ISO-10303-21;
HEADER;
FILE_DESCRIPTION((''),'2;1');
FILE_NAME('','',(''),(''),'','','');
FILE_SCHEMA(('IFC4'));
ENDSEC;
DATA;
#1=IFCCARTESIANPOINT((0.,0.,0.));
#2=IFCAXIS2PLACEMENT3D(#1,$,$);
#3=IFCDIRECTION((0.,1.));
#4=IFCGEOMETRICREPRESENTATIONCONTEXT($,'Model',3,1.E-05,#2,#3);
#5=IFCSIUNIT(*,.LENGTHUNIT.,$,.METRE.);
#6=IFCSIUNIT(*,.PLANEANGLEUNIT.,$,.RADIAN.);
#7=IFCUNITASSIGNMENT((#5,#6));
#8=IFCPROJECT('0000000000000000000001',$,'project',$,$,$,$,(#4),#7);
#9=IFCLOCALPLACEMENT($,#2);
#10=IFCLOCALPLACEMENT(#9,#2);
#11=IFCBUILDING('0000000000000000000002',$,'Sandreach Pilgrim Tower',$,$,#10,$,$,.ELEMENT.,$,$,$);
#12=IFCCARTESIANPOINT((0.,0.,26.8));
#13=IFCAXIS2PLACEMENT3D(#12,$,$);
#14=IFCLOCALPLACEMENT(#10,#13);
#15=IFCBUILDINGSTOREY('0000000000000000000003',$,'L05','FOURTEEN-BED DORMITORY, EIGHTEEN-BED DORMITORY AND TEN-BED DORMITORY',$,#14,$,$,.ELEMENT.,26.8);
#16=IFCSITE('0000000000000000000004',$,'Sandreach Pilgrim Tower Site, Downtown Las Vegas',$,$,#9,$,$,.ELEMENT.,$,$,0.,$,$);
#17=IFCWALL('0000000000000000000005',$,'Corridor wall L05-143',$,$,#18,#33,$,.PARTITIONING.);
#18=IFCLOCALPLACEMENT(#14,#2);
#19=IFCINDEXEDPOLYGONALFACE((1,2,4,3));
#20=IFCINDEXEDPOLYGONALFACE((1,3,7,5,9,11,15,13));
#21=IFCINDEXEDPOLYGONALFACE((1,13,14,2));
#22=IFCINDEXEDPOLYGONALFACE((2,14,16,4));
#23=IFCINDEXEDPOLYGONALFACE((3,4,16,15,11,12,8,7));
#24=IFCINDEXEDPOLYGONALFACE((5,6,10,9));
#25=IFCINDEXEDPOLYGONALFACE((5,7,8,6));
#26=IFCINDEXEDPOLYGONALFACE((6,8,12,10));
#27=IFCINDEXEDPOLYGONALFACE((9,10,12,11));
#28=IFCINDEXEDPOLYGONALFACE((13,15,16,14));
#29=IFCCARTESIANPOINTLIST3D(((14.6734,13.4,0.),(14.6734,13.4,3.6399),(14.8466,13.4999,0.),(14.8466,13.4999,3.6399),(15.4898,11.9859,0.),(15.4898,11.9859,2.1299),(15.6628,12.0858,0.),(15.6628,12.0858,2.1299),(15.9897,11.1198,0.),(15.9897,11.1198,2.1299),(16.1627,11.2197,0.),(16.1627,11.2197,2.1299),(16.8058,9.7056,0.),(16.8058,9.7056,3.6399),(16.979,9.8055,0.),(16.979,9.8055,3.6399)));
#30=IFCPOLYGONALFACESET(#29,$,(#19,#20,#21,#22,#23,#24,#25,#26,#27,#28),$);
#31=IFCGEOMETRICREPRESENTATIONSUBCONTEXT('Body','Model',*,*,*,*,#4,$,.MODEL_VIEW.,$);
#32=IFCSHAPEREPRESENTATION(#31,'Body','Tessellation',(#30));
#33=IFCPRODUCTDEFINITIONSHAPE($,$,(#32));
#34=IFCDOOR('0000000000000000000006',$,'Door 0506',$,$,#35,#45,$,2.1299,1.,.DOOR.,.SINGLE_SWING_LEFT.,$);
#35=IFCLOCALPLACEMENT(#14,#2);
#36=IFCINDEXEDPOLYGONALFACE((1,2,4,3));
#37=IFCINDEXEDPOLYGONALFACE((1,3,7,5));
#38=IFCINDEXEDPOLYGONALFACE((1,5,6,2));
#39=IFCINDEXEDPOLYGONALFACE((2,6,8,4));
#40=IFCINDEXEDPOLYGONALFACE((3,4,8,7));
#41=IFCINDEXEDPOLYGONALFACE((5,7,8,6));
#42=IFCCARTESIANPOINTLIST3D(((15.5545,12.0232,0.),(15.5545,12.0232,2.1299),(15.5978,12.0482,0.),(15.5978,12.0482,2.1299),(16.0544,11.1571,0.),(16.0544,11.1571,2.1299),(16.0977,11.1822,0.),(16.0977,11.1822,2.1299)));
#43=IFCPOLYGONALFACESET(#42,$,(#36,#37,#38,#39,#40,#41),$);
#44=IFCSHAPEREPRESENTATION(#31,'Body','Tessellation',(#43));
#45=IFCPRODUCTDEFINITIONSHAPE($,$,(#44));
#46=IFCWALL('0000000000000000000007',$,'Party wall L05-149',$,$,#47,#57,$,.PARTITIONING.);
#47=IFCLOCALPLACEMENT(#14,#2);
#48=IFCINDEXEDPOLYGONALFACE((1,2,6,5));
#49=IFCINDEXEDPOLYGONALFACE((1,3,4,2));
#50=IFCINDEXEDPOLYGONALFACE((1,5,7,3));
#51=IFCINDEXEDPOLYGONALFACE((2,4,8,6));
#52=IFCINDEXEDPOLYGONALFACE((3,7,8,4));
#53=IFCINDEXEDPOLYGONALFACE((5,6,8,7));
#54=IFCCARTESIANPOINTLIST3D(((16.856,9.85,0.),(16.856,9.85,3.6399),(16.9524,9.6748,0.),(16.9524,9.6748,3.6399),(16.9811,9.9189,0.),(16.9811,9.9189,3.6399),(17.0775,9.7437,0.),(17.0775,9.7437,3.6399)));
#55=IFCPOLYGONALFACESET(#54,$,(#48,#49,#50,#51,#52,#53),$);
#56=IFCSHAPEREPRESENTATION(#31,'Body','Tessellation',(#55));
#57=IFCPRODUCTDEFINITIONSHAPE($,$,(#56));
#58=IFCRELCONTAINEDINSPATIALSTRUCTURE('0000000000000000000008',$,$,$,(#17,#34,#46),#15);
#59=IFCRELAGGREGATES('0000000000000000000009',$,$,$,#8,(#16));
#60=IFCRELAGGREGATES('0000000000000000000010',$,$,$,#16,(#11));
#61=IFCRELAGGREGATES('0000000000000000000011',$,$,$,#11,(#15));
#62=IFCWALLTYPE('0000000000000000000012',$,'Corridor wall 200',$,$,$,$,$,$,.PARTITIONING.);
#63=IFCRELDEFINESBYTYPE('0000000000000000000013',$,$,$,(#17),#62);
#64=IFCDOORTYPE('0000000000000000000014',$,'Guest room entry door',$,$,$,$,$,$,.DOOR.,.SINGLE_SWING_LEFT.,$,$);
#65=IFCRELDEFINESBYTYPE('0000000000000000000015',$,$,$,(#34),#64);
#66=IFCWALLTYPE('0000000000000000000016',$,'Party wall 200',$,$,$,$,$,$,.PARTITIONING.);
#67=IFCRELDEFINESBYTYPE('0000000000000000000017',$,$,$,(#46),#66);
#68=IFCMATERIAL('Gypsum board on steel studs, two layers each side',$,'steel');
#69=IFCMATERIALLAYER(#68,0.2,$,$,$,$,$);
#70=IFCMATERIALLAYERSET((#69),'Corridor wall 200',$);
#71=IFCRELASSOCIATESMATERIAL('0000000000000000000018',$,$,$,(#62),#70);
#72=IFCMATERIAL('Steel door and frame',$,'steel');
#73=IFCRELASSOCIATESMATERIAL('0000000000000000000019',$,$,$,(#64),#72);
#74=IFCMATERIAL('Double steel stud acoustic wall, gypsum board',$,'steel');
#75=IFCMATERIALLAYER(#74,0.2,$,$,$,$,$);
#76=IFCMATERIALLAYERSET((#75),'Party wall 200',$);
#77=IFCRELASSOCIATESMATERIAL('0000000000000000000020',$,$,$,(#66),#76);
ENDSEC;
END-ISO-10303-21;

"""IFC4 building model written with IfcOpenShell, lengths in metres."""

from ifc_helpers import new_model, si_unit, direction, frame, frame_2d, origin, place, context, subcontext, project, spatial, rectangle, extrude, material, layer, layer_set, type_object, element, fill, save


model = new_model("IFC4")

# Units and contexts
model_context = context("Model", 3, precision=1e-05, world=origin(), true_north=direction((0.0, 1.0)))
body_context = subcontext(model_context, "Body", "Model", "MODEL_VIEW")
ifc_project = project(units=[si_unit("LENGTHUNIT", "METRE"), si_unit("PLANEANGLEUNIT", "RADIAN")], contexts=[model_context])

# Site, building, storey
site_placement = place(None, origin())
site = spatial("IfcSite", under=ifc_project, at=site_placement, Name="Sandreach Pilgrim Tower Site, Downtown Las Vegas", CompositionType="ELEMENT", RefElevation=0.0)
building_placement = place(site_placement, origin())
building = spatial("IfcBuilding", under=site, at=building_placement, Name="Sandreach Pilgrim Tower", CompositionType="ELEMENT")
storey_placement = place(building_placement, frame((0.0, 0.0, 26.8)))
storey = spatial("IfcBuildingStorey", under=building, at=storey_placement, Name="L05", Description="FOURTEEN-BED DORMITORY, EIGHTEEN-BED DORMITORY AND TEN-BED DORMITORY", CompositionType="ELEMENT", Elevation=26.8)

# Shared definitions
ifc_material_1 = material(Name="Gypsum board on steel studs, two layers each side", Category="steel")
ifc_layer_1 = layer(ifc_material_1, 0.2)
ifc_layer_set_1 = layer_set([ifc_layer_1], Name="Corridor wall 200")
wall_type_1 = type_object("IfcWallType", Name="Corridor wall 200", PredefinedType="PARTITIONING", material=ifc_layer_set_1)
ifc_material_2 = material(Name="Steel door and frame", Category="steel")
door_type_1 = type_object("IfcDoorType", Name="Guest room entry door", OperationType="SINGLE_SWING_LEFT", PredefinedType="DOOR", material=ifc_material_2)

# Wall, opening, door
wall_1_placement = place(storey_placement, frame((14.76, 13.45, 0.0), z_axis=(0.0, 0.0, 1.0), x_axis=(0.499894, -0.866086, 0.0)))
wall_1 = element("IfcWall", 1, at=wall_1_placement, inside=storey, type_object=wall_type_1, Name="Corridor wall L05-143", PredefinedType="PARTITIONING", context=body_context, shape_type="SweptSolid", body=[
    extrude(rectangle(XDim=4.2656, YDim=0.2, at=frame_2d((2.1328, 0.0))), origin(), (0.0, 0.0, 1.0), 3.6399),
])
opening_1_placement = place(wall_1_placement, frame((1.6328, 0.0, 0.0)))
opening_1 = element("IfcOpeningElement", 2, at=opening_1_placement, cuts=wall_1, PredefinedType="OPENING", context=body_context, shape_type="SweptSolid", body=[
    extrude(rectangle(XDim=1.0, YDim=2.1299, at=frame_2d((0.5, 1.0649))), frame((0.0, 0.1001, 0.0), z_axis=(0.0, -1.0, 0.0), x_axis=(1.0, 0.0, 0.0)), (0.0, 0.0, 1.0), 0.2),
])
door_1_placement = place(opening_1_placement, origin())
door_1 = element("IfcDoor", 3, at=door_1_placement, inside=storey, type_object=door_type_1, Name="Door 0506", OperationType="SINGLE_SWING_LEFT", OverallHeight=2.1299, OverallWidth=1.0, PredefinedType="DOOR", context=body_context, shape_type="SweptSolid", body=[
    extrude(rectangle(XDim=1.0, YDim=2.1299, at=frame_2d((0.5, 1.0649))), frame((0.0, 0.0249, 0.0), z_axis=(0.0, -1.0, 0.0), x_axis=(1.0, 0.0, 0.0)), (0.0, 0.0, 1.0), 0.05),
])
fill(opening_1, door_1)

# Wall
ifc_material_3 = material(Name="Double steel stud acoustic wall, gypsum board", Category="steel")
ifc_layer_2 = layer(ifc_material_3, 0.2)
ifc_layer_set_2 = layer_set([ifc_layer_2], Name="Party wall 200")
wall_type_2 = type_object("IfcWallType", Name="Party wall 200", PredefinedType="PARTITIONING", material=ifc_layer_set_2)
wall_2_placement = place(storey_placement, frame((16.9043, 9.7625, 0.0), z_axis=(0.0, 0.0, 1.0), x_axis=(0.875927, 0.482444, 0.0)))
element("IfcWall", 4, at=wall_2_placement, inside=storey, type_object=wall_type_2, Name="Party wall L05-149", PredefinedType="PARTITIONING", context=body_context, shape_type="SweptSolid", body=[
    extrude(rectangle(XDim=0.1428, YDim=0.2, at=frame_2d((0.0713, 0.0))), origin(), (0.0, 0.0, 1.0), 3.6399),
])

save(model, "model.ifc")
